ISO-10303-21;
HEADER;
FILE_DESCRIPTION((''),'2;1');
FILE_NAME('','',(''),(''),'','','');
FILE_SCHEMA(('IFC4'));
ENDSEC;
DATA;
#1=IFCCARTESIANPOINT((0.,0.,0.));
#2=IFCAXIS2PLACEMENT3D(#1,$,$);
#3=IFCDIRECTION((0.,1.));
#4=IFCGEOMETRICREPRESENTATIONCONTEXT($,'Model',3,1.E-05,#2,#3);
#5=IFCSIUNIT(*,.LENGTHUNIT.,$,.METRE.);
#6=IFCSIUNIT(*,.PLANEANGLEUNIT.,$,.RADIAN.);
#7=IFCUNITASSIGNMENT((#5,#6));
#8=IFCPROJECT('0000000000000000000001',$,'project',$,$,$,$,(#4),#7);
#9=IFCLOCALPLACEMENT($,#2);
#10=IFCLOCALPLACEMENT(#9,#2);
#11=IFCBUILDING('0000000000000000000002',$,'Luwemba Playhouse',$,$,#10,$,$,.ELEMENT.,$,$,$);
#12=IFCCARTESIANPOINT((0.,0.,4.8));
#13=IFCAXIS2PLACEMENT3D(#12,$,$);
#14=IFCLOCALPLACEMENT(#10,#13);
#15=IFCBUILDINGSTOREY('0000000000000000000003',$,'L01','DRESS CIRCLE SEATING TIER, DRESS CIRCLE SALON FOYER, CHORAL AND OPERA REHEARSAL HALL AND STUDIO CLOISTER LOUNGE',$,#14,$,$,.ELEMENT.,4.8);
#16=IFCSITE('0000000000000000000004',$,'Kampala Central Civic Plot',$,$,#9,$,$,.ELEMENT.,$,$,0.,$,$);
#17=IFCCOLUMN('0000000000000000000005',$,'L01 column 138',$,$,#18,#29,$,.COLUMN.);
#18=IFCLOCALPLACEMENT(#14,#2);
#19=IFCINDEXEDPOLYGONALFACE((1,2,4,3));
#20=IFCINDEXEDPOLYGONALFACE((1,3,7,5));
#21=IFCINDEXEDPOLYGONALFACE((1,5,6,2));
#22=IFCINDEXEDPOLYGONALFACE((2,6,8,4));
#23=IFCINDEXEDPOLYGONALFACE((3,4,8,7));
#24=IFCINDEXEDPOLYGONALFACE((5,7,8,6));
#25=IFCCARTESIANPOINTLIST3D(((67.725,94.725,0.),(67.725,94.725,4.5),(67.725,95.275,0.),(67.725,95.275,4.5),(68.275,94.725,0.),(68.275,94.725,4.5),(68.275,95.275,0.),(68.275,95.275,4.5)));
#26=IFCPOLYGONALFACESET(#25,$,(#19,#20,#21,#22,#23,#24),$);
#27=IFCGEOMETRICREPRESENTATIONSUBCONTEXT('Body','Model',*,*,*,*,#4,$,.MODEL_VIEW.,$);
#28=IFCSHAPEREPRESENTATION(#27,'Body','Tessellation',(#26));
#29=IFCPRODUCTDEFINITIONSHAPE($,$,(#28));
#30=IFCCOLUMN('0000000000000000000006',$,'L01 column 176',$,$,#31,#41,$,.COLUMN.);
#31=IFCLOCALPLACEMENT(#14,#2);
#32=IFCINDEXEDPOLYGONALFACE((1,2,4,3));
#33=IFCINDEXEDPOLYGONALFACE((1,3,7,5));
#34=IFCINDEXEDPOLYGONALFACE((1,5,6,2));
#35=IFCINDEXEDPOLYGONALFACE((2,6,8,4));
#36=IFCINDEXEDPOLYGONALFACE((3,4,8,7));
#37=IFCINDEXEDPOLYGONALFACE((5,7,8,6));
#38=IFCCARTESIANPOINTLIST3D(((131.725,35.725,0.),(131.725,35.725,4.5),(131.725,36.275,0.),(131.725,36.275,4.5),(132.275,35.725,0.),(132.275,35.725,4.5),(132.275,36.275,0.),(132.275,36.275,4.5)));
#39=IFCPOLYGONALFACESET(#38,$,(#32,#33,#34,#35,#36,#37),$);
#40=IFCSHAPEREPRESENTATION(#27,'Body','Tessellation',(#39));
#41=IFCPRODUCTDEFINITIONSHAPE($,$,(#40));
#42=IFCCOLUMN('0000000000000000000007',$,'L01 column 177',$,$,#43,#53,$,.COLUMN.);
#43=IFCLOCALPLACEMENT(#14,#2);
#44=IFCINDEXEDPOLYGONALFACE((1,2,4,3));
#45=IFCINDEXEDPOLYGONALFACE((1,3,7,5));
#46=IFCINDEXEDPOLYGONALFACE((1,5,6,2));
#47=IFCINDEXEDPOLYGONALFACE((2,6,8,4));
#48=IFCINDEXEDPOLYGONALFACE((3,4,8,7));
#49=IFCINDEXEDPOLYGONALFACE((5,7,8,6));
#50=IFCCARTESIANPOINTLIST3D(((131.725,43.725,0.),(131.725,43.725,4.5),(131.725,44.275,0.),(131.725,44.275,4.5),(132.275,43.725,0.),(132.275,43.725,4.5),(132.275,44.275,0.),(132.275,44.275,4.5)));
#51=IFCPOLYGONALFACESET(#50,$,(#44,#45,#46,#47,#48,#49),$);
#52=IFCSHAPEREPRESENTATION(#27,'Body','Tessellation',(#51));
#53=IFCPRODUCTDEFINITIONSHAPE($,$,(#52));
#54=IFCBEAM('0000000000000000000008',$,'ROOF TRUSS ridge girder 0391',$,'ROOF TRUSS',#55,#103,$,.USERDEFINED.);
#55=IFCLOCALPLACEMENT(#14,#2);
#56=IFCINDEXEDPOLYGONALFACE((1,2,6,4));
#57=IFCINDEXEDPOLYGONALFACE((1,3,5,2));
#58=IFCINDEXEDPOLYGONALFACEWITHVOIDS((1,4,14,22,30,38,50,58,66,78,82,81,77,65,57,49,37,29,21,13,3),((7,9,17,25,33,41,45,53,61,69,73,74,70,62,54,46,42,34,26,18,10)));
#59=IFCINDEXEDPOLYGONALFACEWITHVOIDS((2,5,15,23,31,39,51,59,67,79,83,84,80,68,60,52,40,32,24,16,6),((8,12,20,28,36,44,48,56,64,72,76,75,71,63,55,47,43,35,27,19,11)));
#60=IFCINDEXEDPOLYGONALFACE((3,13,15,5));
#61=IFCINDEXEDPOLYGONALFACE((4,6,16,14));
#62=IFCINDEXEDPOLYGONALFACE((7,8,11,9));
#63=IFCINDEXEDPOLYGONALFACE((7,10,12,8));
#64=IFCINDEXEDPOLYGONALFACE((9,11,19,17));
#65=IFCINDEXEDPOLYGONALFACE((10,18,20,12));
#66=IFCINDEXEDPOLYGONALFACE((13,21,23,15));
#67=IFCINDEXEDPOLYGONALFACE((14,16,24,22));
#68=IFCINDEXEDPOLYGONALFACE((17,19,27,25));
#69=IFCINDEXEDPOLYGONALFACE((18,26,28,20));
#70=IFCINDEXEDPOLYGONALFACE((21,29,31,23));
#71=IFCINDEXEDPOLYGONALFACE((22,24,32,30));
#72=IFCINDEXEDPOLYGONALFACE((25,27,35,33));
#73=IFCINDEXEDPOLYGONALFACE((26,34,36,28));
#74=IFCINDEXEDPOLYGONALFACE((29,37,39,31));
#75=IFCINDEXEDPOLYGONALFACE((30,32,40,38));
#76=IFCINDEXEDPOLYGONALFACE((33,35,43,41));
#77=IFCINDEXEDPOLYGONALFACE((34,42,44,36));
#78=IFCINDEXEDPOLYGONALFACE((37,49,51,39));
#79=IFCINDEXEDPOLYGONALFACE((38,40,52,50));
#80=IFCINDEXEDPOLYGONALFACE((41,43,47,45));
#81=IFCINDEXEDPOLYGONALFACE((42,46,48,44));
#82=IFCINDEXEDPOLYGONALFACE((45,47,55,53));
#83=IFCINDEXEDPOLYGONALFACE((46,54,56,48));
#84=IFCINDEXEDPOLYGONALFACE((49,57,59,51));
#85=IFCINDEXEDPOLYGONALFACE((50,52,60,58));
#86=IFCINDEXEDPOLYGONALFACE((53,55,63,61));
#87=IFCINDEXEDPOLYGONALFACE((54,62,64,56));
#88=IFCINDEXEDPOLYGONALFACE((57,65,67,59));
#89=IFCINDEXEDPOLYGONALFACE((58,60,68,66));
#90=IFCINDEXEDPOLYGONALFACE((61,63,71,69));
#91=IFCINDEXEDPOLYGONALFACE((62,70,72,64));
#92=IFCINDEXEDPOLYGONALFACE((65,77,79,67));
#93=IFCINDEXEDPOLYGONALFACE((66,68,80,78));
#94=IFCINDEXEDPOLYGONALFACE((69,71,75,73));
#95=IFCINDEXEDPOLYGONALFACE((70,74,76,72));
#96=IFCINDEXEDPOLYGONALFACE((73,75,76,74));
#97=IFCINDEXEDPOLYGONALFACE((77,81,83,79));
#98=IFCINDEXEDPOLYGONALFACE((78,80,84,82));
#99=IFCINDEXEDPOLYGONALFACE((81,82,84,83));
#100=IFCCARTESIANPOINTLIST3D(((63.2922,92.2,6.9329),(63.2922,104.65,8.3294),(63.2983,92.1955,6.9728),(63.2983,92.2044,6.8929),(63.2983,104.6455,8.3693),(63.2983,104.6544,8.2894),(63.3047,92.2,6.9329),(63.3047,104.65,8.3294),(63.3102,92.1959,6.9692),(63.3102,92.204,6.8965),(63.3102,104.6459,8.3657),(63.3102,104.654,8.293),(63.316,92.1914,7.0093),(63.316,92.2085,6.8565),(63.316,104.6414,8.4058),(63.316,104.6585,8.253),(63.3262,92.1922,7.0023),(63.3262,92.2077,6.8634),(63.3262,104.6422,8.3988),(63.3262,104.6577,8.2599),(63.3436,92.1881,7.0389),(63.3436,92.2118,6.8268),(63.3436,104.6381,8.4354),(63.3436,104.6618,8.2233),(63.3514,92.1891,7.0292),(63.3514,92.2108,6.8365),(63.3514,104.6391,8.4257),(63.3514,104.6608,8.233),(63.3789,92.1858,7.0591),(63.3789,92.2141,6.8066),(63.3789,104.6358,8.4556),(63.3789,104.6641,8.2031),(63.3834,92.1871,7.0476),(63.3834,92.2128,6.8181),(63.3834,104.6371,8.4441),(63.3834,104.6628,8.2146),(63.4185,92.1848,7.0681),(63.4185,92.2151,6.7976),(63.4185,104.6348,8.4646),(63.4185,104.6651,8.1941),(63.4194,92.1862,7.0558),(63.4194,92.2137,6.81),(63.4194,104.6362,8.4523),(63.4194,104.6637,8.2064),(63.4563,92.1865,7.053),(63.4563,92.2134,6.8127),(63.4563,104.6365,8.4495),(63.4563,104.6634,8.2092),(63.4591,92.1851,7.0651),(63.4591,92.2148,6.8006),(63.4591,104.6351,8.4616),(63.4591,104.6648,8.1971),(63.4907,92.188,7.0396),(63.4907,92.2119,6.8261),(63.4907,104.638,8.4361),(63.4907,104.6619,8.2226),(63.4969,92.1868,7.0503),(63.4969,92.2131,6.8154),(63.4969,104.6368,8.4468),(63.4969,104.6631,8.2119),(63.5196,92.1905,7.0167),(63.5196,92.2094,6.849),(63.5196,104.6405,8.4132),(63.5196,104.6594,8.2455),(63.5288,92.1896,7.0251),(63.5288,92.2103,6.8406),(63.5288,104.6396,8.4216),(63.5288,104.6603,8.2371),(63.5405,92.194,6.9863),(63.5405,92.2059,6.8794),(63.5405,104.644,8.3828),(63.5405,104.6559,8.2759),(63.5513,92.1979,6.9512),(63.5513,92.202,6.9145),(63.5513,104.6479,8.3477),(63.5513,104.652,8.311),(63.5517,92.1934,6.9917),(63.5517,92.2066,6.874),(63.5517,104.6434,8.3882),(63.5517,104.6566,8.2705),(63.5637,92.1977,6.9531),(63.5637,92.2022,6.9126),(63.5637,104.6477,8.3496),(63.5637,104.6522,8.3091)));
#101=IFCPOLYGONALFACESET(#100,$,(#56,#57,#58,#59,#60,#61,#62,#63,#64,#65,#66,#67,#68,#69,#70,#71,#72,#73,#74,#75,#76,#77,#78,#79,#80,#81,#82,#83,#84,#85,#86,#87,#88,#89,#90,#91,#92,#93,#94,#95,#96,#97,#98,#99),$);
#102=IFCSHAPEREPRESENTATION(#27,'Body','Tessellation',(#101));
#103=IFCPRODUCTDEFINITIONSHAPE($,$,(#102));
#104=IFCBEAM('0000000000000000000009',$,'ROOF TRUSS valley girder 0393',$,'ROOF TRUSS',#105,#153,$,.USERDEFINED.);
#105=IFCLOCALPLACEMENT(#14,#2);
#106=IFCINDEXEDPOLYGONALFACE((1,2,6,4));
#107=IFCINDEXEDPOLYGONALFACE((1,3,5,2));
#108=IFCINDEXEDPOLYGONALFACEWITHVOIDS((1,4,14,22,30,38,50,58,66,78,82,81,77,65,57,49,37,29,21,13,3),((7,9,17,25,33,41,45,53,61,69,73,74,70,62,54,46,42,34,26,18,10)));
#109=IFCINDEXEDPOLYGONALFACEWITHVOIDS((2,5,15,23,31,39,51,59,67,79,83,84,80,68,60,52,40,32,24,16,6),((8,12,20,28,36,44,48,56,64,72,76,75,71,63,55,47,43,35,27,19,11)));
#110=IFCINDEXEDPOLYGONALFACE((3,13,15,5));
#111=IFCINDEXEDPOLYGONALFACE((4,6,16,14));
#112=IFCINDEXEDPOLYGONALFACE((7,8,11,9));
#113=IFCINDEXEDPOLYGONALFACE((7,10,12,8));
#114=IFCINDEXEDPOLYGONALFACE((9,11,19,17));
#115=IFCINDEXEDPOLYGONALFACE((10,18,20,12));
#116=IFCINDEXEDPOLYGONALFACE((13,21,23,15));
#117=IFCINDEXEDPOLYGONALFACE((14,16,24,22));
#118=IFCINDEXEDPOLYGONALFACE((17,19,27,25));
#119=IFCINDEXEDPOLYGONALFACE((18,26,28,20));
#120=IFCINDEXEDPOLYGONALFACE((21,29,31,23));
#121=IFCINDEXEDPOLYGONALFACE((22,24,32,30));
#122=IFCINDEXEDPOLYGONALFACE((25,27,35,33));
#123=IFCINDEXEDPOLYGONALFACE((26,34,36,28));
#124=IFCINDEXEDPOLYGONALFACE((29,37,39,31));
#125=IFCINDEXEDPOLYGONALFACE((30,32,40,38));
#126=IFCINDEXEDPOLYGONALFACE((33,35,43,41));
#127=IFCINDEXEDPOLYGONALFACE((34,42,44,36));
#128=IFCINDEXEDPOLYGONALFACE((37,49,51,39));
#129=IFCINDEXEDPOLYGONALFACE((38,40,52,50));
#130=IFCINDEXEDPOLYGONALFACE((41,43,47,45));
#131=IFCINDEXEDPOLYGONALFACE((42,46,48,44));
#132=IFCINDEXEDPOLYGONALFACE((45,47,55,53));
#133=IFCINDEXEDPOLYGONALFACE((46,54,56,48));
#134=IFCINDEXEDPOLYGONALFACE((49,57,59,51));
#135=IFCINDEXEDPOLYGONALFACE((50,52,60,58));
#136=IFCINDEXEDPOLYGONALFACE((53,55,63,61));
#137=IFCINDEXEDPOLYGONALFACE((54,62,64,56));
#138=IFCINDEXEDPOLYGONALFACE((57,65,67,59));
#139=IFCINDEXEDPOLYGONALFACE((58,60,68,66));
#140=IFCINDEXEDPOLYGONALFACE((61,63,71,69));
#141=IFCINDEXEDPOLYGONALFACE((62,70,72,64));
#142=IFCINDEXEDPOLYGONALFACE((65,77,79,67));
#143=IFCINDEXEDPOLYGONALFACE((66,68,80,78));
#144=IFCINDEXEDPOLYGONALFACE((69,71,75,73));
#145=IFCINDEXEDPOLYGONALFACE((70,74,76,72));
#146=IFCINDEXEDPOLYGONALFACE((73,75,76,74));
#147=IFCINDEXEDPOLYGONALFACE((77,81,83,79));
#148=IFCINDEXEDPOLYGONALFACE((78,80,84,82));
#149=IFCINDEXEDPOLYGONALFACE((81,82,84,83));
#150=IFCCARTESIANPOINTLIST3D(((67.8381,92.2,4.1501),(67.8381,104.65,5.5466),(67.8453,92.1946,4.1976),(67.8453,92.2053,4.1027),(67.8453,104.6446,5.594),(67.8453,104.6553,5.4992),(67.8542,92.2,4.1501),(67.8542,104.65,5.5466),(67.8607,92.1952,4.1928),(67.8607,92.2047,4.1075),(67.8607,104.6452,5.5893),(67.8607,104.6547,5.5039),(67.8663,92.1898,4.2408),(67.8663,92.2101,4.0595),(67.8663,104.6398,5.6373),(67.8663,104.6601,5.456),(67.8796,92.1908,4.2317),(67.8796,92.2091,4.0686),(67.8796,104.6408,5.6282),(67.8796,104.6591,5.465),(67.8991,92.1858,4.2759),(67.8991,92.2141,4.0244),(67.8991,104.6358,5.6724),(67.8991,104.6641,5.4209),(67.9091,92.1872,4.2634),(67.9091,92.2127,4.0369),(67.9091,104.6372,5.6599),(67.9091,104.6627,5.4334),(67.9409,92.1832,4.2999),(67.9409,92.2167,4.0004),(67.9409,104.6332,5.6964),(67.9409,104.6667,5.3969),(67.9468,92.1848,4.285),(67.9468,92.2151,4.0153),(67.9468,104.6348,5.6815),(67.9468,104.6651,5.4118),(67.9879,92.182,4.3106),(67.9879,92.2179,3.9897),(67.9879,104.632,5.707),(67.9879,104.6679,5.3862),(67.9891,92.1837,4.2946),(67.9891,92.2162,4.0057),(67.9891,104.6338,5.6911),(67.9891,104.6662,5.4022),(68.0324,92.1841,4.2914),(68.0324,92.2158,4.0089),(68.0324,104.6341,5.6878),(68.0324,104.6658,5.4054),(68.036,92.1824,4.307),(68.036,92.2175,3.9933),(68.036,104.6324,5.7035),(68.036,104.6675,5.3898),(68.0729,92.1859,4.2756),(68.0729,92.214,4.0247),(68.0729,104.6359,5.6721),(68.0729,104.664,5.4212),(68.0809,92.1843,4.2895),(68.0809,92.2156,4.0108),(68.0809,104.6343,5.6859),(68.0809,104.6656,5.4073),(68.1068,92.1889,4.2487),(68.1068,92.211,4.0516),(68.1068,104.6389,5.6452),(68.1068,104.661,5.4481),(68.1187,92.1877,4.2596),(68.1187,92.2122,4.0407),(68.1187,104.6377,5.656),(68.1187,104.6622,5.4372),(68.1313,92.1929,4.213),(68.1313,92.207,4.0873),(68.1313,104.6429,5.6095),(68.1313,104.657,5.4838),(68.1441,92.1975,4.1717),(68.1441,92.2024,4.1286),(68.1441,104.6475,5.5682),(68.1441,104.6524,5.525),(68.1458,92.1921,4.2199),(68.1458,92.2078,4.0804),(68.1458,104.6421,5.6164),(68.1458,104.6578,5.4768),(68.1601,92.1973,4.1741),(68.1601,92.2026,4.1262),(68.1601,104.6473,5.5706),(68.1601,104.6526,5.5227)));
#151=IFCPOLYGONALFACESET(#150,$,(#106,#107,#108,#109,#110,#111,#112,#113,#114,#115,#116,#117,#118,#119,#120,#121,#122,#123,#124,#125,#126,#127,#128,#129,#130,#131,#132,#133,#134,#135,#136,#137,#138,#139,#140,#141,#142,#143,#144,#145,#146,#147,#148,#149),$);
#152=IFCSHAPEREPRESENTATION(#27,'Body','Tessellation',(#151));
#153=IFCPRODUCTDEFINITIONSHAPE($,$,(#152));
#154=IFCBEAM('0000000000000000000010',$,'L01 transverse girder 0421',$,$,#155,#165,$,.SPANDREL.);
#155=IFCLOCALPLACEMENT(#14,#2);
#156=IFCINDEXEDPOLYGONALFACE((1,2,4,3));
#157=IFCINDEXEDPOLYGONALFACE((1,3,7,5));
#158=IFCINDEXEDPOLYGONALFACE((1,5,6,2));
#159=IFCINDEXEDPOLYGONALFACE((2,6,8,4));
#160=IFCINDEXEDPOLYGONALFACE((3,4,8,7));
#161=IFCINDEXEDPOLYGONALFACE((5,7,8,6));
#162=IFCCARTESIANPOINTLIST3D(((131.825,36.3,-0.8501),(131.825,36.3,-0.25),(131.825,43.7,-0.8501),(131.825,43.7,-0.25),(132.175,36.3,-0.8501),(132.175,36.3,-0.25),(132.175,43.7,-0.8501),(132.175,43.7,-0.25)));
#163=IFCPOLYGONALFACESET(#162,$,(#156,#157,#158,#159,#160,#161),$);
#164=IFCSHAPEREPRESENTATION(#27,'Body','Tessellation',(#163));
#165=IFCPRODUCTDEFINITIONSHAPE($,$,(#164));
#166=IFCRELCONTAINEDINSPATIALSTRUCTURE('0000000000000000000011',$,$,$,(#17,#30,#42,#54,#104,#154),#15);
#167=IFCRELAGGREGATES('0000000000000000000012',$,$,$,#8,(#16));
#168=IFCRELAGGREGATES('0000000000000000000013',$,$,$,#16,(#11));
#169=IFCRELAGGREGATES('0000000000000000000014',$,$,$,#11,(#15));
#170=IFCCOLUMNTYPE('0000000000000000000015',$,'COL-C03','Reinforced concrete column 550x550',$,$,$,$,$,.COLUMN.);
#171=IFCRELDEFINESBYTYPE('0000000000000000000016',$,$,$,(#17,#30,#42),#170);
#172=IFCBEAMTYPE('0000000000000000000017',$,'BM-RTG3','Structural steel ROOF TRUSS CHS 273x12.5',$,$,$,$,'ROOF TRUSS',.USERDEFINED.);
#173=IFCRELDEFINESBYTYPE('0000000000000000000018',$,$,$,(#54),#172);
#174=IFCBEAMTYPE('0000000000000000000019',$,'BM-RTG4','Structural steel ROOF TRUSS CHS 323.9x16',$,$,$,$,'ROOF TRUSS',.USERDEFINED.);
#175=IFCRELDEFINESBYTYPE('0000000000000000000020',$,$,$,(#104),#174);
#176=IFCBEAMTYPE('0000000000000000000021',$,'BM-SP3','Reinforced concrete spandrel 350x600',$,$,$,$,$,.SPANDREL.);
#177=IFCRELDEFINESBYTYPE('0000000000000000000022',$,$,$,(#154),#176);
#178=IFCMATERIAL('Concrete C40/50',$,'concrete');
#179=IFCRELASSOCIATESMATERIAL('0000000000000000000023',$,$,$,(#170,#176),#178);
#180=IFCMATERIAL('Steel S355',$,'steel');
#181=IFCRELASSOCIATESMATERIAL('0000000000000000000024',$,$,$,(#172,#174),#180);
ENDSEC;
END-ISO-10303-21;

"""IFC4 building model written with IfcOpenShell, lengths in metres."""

from ifc_helpers import new_model, si_unit, direction, frame, origin, origin_2d, place, context, subcontext, project, spatial, rectangle, hollow_circle, extrude, material, material_profile, profile_set, type_object, element, save


model = new_model("IFC4")

# Units and contexts
model_context = context("Model", 3, precision=1e-05, world=origin(), true_north=direction((0.0, 1.0)))
body_context = subcontext(model_context, "Body", "Model", "MODEL_VIEW")
ifc_project = project(units=[si_unit("LENGTHUNIT", "METRE"), si_unit("PLANEANGLEUNIT", "RADIAN")], contexts=[model_context])

# Site, building, storey
site_placement = place(None, origin())
site = spatial("IfcSite", under=ifc_project, at=site_placement, Name="Kampala Central Civic Plot", CompositionType="ELEMENT", RefElevation=0.0)
building_placement = place(site_placement, origin())
building = spatial("IfcBuilding", under=site, at=building_placement, Name="Luwemba Playhouse", CompositionType="ELEMENT")
storey_placement = place(building_placement, frame((0.0, 0.0, 4.8)))
storey = spatial("IfcBuildingStorey", under=building, at=storey_placement, Name="L01", Description="DRESS CIRCLE SEATING TIER, DRESS CIRCLE SALON FOYER, CHORAL AND OPERA REHEARSAL HALL AND STUDIO CLOISTER LOUNGE", CompositionType="ELEMENT", Elevation=4.8)

# Columns
ifc_material_1 = material(Name="Concrete C40/50", Category="concrete")
ifc_material_profile_1 = material_profile(ifc_material_1, rectangle(XDim=0.55, YDim=0.55, at=origin_2d()))
ifc_profile_set_1 = profile_set([ifc_material_profile_1], Name="Concrete C40/50")
column_type = type_object("IfcColumnType", Name="COL-C03", Description="Reinforced concrete column 550x550", PredefinedType="COLUMN", material=ifc_profile_set_1)
for number, where, z_axis, x_axis, name in (
    (1, (68.0, 95.0, 0.0), (0.0, 0.0, 1.0), (1.0, 0.0, 0.0), "L01 column 138"),
    (2, (132.0, 36.0, 0.0), (0.0, 0.0, 1.0), (1.0, 0.0, 0.0), "L01 column 176"),
    (3, (132.0, 44.0, 0.0), (0.0, 0.0, 1.0), (1.0, 0.0, 0.0), "L01 column 177"),
):
    element("IfcColumn", number, at=place(storey_placement, frame(where, z_axis=z_axis, x_axis=x_axis)), inside=storey, type_object=column_type, Name=name, PredefinedType="COLUMN", context=body_context, shape_type="SweptSolid", body=[
        extrude(rectangle(XDim=0.55, YDim=0.55, at=origin_2d()), origin(), (0.0, 0.0, 1.0), 4.5),
    ])

# Beams
ifc_material_2 = material(Name="Steel S355", Category="steel")
ifc_material_profile_2 = material_profile(ifc_material_2, hollow_circle(Radius=0.1365, WallThickness=0.0125, at=origin_2d()))
ifc_profile_set_2 = profile_set([ifc_material_profile_2], Name="Steel S355")
beam_type_1 = type_object("IfcBeamType", Name="BM-RTG3", Description="Structural steel ROOF TRUSS CHS 273x12.5", ElementType="ROOF TRUSS", PredefinedType="USERDEFINED", material=ifc_profile_set_2)
beam_1_placement = place(storey_placement, frame((63.4287, 92.2, 6.9329), z_axis=(0.0, 0.993768, 0.111469), x_axis=(-1.0, 0.0, 0.0)))
element("IfcBeam", 4, at=beam_1_placement, inside=storey, type_object=beam_type_1, Name="ROOF TRUSS ridge girder 0391", ObjectType="ROOF TRUSS", PredefinedType="USERDEFINED", context=body_context, shape_type="SweptSolid", body=[
    extrude(hollow_circle(Radius=0.1365, WallThickness=0.0125, at=origin_2d()), origin(), (0.0, 0.0, 1.0), 12.5281),
])
ifc_material_profile_3 = material_profile(ifc_material_2, hollow_circle(Radius=0.1619, WallThickness=0.0161, at=origin_2d()))
ifc_profile_set_3 = profile_set([ifc_material_profile_3], Name="Steel S355")
beam_type_2 = type_object("IfcBeamType", Name="BM-RTG4", Description="Structural steel ROOF TRUSS CHS 323.9x16", ElementType="ROOF TRUSS", PredefinedType="USERDEFINED", material=ifc_profile_set_3)
beam_2_placement = place(storey_placement, frame((68.0, 92.2, 4.1501), z_axis=(0.0, 0.993768, 0.111469), x_axis=(-1.0, 0.0, 0.0)))
element("IfcBeam", 5, at=beam_2_placement, inside=storey, type_object=beam_type_2, Name="ROOF TRUSS valley girder 0393", ObjectType="ROOF TRUSS", PredefinedType="USERDEFINED", context=body_context, shape_type="SweptSolid", body=[
    extrude(hollow_circle(Radius=0.1619, WallThickness=0.0161, at=origin_2d()), origin(), (0.0, 0.0, 1.0), 12.5281),
])
ifc_material_profile_4 = material_profile(ifc_material_1, rectangle(XDim=0.3501, YDim=0.6001, at=origin_2d()))
ifc_profile_set_4 = profile_set([ifc_material_profile_4], Name="Concrete C40/50")
beam_type_3 = type_object("IfcBeamType", Name="BM-SP3", Description="Reinforced concrete spandrel 350x600", PredefinedType="SPANDREL", material=ifc_profile_set_4)
beam_3_placement = place(storey_placement, frame((132.0, 36.3, -0.55), z_axis=(0.0, 1.0, 0.0), x_axis=(-1.0, 0.0, 0.0)))
element("IfcBeam", 6, at=beam_3_placement, inside=storey, type_object=beam_type_3, Name="L01 transverse girder 0421", PredefinedType="SPANDREL", context=body_context, shape_type="SweptSolid", body=[
    extrude(rectangle(XDim=0.3501, YDim=0.6001, at=origin_2d()), origin(), (0.0, 0.0, 1.0), 7.3999),
])

save(model, "model.ifc")
